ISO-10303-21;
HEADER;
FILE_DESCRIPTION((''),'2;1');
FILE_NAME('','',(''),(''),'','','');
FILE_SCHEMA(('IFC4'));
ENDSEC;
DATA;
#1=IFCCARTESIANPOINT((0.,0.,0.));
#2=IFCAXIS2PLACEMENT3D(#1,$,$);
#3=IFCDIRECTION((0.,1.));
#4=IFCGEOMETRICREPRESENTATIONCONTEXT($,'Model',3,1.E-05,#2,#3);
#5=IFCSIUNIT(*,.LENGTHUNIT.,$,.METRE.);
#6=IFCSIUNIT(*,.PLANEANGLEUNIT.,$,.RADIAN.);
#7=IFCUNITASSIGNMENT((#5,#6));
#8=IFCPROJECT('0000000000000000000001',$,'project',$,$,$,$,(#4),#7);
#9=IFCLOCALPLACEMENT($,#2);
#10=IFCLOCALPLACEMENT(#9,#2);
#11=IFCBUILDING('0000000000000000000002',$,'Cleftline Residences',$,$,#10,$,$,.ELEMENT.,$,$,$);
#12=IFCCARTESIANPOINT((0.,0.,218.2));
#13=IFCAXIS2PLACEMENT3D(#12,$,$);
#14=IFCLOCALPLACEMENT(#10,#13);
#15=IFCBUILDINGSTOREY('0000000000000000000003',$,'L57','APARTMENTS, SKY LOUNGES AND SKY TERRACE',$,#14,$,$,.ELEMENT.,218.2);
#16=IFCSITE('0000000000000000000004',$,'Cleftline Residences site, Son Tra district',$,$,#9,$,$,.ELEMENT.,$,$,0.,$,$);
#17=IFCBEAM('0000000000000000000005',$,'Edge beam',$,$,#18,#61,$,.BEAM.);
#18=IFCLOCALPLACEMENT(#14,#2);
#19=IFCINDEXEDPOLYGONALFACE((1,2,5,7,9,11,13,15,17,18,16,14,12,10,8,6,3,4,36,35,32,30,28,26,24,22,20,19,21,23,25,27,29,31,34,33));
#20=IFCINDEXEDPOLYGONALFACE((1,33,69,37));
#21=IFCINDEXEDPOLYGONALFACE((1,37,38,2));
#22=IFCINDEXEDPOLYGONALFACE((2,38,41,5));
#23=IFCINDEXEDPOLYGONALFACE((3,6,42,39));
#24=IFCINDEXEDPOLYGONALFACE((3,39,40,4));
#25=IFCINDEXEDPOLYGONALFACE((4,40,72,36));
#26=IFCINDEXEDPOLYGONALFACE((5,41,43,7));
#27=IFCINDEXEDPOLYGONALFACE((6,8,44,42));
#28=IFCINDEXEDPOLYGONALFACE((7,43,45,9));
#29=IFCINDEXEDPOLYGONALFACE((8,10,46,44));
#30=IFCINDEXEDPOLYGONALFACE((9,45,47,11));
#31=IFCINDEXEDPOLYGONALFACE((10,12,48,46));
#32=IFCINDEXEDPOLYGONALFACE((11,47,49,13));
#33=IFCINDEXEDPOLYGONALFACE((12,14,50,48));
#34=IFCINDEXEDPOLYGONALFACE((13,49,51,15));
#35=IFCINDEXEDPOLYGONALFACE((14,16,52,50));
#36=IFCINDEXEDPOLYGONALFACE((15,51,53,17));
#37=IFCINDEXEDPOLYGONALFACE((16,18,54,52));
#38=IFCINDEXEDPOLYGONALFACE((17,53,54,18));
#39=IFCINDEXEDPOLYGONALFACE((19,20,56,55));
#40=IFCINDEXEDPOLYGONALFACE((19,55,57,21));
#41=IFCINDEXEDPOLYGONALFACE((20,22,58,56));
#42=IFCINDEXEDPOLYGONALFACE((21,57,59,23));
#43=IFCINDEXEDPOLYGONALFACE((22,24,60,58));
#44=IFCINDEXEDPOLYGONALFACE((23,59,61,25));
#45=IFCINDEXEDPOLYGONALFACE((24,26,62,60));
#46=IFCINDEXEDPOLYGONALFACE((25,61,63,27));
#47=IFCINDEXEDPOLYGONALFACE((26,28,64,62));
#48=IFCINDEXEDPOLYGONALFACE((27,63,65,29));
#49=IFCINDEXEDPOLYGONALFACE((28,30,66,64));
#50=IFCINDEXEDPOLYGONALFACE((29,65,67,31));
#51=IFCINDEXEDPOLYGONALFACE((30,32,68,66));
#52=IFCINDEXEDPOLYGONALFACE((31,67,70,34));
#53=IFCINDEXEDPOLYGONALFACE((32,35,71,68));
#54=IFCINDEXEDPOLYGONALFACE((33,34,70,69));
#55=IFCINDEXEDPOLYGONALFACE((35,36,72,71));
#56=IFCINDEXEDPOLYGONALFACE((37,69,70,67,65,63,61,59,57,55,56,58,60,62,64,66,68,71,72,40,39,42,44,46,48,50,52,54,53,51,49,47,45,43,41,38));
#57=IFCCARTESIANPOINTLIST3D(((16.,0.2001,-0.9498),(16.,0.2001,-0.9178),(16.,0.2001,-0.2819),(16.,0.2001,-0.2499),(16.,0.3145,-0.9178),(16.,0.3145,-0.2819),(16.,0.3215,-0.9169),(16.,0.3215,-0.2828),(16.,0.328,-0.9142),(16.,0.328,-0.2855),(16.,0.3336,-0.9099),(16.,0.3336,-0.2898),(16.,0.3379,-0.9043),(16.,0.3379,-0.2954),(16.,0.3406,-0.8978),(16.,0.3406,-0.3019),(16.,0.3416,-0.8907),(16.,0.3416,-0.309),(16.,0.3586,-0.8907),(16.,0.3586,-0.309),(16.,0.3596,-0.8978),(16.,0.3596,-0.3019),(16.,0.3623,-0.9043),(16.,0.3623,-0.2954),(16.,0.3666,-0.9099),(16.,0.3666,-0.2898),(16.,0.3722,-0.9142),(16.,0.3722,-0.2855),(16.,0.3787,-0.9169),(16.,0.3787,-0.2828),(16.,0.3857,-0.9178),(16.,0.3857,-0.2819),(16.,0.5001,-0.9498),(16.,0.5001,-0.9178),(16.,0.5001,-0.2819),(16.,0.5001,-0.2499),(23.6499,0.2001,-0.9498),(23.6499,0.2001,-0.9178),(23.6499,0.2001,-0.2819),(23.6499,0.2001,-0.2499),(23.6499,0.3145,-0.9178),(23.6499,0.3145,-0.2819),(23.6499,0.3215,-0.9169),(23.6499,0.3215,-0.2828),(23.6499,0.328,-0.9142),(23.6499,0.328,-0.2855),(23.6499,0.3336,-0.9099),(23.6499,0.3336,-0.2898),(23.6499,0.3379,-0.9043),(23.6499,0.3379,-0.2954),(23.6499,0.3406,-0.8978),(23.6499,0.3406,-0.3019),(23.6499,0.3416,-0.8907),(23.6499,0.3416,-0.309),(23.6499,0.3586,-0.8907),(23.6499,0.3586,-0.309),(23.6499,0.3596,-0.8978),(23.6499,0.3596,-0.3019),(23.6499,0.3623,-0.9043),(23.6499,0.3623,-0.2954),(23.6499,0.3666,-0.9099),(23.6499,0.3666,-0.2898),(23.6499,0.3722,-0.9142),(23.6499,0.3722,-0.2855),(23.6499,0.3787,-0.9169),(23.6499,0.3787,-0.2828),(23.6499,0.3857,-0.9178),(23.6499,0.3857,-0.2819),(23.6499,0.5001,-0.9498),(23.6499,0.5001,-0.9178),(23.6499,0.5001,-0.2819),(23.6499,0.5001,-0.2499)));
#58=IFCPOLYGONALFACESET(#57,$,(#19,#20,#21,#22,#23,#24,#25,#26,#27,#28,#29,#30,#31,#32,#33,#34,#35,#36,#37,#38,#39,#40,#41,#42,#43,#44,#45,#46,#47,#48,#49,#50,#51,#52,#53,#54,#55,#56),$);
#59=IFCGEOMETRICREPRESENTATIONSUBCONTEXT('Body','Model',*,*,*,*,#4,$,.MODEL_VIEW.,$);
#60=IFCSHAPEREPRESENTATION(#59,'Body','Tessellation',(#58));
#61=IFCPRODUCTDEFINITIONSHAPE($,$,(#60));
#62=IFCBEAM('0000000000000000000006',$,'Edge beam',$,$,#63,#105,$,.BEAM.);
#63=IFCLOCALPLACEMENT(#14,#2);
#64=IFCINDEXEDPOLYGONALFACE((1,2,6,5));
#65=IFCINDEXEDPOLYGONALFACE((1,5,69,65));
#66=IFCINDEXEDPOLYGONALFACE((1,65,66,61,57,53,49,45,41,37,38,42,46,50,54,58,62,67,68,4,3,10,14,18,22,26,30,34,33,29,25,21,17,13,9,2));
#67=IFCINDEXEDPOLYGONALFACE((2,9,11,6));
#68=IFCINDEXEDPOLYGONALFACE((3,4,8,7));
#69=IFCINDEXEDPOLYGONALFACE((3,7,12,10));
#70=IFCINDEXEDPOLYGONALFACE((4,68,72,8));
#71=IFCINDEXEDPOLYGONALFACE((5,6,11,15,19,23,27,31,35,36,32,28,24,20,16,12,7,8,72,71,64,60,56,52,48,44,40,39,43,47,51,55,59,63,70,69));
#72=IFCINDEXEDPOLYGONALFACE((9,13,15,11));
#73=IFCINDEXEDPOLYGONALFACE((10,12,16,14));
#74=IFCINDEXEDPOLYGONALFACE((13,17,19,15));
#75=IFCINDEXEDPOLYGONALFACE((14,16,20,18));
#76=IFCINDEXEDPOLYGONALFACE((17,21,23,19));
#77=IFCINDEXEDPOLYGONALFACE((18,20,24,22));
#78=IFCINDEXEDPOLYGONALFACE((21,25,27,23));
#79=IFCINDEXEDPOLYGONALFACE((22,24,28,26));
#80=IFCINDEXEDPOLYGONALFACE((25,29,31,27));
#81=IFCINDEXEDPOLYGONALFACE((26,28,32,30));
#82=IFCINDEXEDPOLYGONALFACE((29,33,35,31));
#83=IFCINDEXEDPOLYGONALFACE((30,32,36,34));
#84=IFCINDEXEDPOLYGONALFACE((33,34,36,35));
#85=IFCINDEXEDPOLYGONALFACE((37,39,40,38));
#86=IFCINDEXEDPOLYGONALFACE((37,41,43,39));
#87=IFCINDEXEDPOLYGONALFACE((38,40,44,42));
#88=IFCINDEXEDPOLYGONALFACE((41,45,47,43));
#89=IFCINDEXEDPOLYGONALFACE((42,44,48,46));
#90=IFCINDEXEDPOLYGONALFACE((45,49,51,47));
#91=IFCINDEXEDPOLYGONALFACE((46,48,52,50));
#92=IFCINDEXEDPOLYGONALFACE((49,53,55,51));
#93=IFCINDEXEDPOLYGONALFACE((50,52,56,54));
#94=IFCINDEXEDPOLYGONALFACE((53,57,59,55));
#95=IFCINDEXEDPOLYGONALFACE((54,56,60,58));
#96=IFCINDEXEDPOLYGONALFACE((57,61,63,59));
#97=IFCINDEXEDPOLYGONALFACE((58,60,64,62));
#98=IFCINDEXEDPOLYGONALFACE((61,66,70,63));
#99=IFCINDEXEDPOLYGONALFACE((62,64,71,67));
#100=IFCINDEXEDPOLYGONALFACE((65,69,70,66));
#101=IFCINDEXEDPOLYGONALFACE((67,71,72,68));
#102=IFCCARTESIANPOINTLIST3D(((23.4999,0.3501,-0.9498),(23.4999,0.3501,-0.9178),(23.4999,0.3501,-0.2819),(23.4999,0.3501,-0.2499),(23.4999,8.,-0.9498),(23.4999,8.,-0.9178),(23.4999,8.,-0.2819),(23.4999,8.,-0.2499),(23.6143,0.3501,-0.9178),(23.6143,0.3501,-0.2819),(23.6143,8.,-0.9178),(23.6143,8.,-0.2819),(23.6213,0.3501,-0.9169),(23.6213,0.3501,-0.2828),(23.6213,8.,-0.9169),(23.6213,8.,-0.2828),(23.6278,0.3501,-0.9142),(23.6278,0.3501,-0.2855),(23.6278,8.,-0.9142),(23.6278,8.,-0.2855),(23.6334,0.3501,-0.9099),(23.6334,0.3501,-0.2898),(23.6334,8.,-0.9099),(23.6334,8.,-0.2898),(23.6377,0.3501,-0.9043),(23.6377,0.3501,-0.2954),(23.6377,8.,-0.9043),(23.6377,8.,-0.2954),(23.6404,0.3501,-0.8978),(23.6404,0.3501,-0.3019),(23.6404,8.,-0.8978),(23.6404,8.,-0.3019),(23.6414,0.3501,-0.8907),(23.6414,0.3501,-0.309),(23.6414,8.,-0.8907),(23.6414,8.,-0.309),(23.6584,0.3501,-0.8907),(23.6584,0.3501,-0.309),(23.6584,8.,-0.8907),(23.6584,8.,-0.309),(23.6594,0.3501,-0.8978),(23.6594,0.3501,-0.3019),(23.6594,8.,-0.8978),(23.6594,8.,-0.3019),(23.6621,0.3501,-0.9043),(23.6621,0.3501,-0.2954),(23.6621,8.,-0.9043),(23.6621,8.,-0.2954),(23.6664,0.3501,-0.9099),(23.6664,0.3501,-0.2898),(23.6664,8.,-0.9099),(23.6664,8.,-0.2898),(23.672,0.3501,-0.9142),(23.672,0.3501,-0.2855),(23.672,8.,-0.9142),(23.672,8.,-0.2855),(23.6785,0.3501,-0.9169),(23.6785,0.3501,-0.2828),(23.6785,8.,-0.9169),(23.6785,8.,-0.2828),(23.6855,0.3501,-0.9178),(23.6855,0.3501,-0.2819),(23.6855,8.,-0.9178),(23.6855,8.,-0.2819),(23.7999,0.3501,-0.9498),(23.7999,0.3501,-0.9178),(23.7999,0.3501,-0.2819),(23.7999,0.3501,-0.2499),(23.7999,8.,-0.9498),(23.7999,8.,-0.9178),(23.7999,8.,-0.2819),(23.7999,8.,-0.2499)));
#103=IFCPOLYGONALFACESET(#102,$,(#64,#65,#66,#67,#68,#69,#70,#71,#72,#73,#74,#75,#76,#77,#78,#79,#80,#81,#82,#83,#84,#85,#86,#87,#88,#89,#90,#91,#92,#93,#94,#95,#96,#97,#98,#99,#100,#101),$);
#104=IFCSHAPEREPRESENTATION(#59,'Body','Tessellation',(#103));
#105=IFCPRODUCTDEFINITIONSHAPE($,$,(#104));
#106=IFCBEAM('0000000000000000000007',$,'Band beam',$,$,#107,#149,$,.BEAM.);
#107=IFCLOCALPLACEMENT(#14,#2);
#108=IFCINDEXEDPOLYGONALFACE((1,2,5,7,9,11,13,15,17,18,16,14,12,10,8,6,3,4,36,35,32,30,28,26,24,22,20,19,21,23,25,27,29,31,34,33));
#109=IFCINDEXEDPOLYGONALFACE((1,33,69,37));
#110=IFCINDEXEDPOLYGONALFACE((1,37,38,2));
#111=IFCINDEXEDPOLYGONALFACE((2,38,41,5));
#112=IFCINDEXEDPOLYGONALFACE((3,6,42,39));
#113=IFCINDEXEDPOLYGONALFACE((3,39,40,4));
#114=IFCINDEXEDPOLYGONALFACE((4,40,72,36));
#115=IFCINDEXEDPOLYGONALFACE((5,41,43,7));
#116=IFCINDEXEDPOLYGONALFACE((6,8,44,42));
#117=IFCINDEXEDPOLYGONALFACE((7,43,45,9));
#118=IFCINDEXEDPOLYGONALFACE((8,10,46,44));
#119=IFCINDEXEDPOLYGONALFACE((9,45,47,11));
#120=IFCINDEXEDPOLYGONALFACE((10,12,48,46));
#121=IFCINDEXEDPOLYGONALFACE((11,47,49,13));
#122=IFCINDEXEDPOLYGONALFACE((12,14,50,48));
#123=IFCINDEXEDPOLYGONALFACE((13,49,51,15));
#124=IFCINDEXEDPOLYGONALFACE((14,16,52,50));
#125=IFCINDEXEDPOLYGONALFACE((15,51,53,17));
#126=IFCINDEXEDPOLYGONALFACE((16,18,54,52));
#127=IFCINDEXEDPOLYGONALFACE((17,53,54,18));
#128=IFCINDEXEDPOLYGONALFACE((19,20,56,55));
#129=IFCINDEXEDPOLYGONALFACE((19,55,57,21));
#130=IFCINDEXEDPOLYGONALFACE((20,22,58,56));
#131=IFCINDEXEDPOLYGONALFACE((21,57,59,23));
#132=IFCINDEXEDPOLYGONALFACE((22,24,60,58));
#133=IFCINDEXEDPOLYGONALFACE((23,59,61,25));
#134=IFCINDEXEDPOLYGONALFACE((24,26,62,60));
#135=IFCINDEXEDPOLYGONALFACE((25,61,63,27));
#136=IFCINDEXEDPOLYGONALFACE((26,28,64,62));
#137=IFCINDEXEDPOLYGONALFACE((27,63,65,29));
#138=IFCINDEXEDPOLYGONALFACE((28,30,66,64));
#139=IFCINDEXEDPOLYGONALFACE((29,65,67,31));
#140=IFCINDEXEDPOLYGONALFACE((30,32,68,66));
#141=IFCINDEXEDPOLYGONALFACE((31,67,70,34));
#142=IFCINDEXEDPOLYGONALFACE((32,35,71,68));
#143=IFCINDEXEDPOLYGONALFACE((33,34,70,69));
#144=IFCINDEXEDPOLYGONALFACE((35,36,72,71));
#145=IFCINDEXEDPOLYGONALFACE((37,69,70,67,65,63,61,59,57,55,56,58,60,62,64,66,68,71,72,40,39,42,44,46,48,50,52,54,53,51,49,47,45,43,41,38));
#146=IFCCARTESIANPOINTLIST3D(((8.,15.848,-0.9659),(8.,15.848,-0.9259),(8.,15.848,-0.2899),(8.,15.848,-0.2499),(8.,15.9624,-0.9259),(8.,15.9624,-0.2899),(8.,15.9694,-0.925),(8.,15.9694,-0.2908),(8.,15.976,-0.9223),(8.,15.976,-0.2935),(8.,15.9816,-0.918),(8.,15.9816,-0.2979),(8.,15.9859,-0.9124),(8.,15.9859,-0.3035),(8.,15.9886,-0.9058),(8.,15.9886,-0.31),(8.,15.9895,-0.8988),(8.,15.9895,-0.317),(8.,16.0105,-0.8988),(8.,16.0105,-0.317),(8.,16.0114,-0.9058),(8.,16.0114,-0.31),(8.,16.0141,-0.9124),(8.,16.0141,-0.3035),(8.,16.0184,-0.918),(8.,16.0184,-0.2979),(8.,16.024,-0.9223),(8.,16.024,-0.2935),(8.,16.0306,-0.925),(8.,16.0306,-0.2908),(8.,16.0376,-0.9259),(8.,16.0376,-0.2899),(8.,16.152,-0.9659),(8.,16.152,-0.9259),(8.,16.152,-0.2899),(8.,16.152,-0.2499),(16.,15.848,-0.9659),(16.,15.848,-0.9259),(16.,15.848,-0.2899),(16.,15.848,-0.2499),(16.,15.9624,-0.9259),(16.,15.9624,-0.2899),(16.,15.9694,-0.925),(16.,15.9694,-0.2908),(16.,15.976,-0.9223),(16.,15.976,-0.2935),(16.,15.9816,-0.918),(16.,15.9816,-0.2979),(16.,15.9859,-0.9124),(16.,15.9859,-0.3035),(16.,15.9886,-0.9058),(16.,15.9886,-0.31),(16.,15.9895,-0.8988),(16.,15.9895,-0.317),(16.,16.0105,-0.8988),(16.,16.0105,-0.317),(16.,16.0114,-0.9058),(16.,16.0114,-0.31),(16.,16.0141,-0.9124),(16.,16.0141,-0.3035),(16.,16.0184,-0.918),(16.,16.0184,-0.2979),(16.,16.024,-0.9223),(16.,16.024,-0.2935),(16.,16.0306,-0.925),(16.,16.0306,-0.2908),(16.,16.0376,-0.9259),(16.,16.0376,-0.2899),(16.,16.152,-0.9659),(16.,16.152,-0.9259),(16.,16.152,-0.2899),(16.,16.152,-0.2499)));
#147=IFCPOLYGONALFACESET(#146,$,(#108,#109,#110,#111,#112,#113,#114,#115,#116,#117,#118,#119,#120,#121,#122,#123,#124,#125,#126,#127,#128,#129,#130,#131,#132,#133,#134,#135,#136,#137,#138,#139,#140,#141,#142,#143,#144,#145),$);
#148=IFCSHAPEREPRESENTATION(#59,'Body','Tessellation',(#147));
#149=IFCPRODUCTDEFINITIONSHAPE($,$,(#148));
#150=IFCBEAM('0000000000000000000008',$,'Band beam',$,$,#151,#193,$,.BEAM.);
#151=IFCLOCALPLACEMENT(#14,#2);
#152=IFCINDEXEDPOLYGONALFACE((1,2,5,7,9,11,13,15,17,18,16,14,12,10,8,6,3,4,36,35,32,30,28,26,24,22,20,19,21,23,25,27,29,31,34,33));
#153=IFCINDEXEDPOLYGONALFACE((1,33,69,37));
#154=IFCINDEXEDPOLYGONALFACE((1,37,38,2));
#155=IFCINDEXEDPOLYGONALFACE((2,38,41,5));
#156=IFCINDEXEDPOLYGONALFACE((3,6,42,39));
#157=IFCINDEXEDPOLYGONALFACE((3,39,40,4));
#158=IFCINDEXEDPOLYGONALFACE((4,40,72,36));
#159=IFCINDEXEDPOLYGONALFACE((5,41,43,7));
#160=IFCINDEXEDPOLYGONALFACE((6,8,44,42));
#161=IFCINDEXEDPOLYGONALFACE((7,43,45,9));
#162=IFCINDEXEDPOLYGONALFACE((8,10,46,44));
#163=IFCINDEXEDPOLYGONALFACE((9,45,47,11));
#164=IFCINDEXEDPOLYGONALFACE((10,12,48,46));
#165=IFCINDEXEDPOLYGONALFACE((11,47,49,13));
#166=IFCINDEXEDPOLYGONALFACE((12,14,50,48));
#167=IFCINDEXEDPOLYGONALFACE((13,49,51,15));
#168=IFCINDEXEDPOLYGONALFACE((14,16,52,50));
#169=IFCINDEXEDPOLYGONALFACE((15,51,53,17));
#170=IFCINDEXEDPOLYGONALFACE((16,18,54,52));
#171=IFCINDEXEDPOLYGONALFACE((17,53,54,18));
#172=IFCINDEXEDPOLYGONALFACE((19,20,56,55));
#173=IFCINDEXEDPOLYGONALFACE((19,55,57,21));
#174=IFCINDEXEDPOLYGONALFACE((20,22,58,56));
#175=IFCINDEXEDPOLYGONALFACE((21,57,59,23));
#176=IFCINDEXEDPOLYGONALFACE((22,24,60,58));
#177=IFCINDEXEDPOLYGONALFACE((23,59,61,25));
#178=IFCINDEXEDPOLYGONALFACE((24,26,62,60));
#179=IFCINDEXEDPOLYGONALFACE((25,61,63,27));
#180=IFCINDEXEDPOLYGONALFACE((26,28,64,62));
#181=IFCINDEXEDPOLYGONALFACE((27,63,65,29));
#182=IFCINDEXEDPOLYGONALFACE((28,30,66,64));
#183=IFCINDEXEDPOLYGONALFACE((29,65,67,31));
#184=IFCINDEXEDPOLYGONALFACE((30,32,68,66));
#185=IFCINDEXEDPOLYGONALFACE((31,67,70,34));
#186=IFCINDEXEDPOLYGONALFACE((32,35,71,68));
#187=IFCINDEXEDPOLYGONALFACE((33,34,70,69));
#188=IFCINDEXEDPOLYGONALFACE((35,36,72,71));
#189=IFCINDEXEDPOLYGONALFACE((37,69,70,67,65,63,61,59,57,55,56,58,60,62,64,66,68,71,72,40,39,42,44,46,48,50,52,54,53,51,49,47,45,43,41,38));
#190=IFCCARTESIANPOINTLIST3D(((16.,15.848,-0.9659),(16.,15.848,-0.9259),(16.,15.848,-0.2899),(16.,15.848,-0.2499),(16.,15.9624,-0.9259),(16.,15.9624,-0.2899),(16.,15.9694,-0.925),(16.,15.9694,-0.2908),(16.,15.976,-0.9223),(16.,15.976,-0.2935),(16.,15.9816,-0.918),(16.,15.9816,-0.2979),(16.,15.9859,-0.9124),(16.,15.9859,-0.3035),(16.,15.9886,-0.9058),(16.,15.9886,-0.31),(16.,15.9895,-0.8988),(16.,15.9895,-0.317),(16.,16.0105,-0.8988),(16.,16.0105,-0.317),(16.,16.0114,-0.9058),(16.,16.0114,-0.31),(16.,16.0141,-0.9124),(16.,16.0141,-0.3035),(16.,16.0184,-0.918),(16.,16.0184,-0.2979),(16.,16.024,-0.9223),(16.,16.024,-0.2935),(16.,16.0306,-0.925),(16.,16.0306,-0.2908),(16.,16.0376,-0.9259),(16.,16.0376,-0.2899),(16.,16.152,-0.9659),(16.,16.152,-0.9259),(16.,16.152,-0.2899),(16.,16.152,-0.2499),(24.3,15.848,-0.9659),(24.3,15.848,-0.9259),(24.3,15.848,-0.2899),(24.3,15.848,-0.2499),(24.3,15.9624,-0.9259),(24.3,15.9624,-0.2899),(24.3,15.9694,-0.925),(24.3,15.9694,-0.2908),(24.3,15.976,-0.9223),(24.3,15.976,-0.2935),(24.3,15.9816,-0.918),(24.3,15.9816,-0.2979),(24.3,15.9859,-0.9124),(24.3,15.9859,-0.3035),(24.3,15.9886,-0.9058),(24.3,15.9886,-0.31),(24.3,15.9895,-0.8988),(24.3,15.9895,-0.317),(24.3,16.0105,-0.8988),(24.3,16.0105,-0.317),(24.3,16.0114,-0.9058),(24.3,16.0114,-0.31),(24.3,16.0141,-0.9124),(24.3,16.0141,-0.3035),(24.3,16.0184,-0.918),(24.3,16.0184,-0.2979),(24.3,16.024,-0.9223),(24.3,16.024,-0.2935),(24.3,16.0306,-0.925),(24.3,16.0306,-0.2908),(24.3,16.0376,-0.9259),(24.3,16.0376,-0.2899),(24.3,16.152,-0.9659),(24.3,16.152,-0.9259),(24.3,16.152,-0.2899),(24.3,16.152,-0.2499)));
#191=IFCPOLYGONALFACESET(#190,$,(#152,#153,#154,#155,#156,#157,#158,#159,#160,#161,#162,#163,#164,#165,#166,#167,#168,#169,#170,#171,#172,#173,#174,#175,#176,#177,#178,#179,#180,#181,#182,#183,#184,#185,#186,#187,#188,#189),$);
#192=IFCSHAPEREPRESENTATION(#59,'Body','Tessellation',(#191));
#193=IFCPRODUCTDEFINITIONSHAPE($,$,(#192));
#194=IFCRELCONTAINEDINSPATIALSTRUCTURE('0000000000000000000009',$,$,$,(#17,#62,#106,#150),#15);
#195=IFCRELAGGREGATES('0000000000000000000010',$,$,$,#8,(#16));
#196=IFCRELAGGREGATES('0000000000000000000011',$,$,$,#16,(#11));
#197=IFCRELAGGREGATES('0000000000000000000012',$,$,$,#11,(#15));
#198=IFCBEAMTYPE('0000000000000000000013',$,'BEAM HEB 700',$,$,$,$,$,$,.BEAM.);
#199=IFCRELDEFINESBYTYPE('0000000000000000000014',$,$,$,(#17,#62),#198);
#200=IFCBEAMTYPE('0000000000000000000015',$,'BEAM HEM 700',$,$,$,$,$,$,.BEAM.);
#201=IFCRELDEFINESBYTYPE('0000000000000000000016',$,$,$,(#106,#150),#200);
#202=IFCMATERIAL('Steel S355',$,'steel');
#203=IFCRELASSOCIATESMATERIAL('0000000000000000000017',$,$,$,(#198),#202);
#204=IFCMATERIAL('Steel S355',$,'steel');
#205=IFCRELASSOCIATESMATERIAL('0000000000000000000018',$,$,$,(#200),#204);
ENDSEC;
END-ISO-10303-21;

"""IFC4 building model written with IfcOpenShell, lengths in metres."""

from ifc_helpers import new_model, si_unit, direction, frame, origin, origin_2d, place, context, subcontext, project, spatial, i_section, extrude, material, material_profile, profile_set, type_object, element, save


model = new_model("IFC4")

# Units and contexts
model_context = context("Model", 3, precision=1e-05, world=origin(), true_north=direction((0.0, 1.0)))
body_context = subcontext(model_context, "Body", "Model", "MODEL_VIEW")
ifc_project = project(units=[si_unit("LENGTHUNIT", "METRE"), si_unit("PLANEANGLEUNIT", "RADIAN")], contexts=[model_context])

# Site, building, storey
site_placement = place(None, origin())
site = spatial("IfcSite", under=ifc_project, at=site_placement, Name="Cleftline Residences site, Son Tra district", CompositionType="ELEMENT", RefElevation=0.0)
building_placement = place(site_placement, origin())
building = spatial("IfcBuilding", under=site, at=building_placement, Name="Cleftline Residences", CompositionType="ELEMENT")
storey_placement = place(building_placement, frame((0.0, 0.0, 218.2)))
storey = spatial("IfcBuildingStorey", under=building, at=storey_placement, Name="L57", Description="APARTMENTS, SKY LOUNGES AND SKY TERRACE", CompositionType="ELEMENT", Elevation=218.2)

# Beams
ifc_material_1 = material(Name="Steel S355", Category="steel")
ifc_material_profile_1 = material_profile(ifc_material_1, i_section(OverallWidth=0.3, OverallDepth=0.7, WebThickness=0.0171, FlangeThickness=0.032, FilletRadius=0.0271, at=origin_2d()))
ifc_profile_set_1 = profile_set([ifc_material_profile_1], Name="Steel S355")
beam_type_1 = type_object("IfcBeamType", Name="BEAM HEB 700", PredefinedType="BEAM", material=ifc_profile_set_1)
for number, where, z_axis, x_axis, name in (
    (1, (16.0, 0.3501, -0.5999), (1.0, 0.0, 0.0), (0.0, 1.0, 0.0), "Edge beam"),
    (2, (23.6499, 0.3501, -0.5999), (0.0, 1.0, 0.0), (-1.0, 0.0, 0.0), "Edge beam"),
):
    element("IfcBeam", number, at=place(storey_placement, frame(where, z_axis=z_axis, x_axis=x_axis)), inside=storey, type_object=beam_type_1, Name=name, PredefinedType="BEAM", context=body_context, shape_type="SweptSolid", body=[
        extrude(i_section(OverallWidth=0.3, OverallDepth=0.7, WebThickness=0.0171, FlangeThickness=0.032, FilletRadius=0.0271, at=origin_2d()), origin(), (0.0, 0.0, 1.0), 7.6499),
    ])
ifc_material_2 = material(Name="Steel S355", Category="steel")
ifc_material_profile_2 = material_profile(ifc_material_2, i_section(OverallWidth=0.304, OverallDepth=0.7161, WebThickness=0.021, FlangeThickness=0.04, FilletRadius=0.0271, at=origin_2d()))
ifc_profile_set_2 = profile_set([ifc_material_profile_2], Name="Steel S355")
beam_type_2 = type_object("IfcBeamType", Name="BEAM HEM 700", PredefinedType="BEAM", material=ifc_profile_set_2)
beam_1_placement = place(storey_placement, frame((8.0, 16.0, -0.6079), z_axis=(1.0, 0.0, 0.0), x_axis=(0.0, 1.0, 0.0)))
element("IfcBeam", 3, at=beam_1_placement, inside=storey, type_object=beam_type_2, Name="Band beam", PredefinedType="BEAM", context=body_context, shape_type="SweptSolid", body=[
    extrude(i_section(OverallWidth=0.304, OverallDepth=0.7161, WebThickness=0.021, FlangeThickness=0.04, FilletRadius=0.0271, at=origin_2d()), origin(), (0.0, 0.0, 1.0), 8.0),
])
beam_2_placement = place(storey_placement, frame((16.0, 16.0, -0.6079), z_axis=(1.0, 0.0, 0.0), x_axis=(0.0, 1.0, 0.0)))
element("IfcBeam", 4, at=beam_2_placement, inside=storey, type_object=beam_type_2, Name="Band beam", PredefinedType="BEAM", context=body_context, shape_type="SweptSolid", body=[
    extrude(i_section(OverallWidth=0.304, OverallDepth=0.7161, WebThickness=0.021, FlangeThickness=0.04, FilletRadius=0.0271, at=origin_2d()), origin(), (0.0, 0.0, 1.0), 8.3),
])

save(model, "model.ifc")
